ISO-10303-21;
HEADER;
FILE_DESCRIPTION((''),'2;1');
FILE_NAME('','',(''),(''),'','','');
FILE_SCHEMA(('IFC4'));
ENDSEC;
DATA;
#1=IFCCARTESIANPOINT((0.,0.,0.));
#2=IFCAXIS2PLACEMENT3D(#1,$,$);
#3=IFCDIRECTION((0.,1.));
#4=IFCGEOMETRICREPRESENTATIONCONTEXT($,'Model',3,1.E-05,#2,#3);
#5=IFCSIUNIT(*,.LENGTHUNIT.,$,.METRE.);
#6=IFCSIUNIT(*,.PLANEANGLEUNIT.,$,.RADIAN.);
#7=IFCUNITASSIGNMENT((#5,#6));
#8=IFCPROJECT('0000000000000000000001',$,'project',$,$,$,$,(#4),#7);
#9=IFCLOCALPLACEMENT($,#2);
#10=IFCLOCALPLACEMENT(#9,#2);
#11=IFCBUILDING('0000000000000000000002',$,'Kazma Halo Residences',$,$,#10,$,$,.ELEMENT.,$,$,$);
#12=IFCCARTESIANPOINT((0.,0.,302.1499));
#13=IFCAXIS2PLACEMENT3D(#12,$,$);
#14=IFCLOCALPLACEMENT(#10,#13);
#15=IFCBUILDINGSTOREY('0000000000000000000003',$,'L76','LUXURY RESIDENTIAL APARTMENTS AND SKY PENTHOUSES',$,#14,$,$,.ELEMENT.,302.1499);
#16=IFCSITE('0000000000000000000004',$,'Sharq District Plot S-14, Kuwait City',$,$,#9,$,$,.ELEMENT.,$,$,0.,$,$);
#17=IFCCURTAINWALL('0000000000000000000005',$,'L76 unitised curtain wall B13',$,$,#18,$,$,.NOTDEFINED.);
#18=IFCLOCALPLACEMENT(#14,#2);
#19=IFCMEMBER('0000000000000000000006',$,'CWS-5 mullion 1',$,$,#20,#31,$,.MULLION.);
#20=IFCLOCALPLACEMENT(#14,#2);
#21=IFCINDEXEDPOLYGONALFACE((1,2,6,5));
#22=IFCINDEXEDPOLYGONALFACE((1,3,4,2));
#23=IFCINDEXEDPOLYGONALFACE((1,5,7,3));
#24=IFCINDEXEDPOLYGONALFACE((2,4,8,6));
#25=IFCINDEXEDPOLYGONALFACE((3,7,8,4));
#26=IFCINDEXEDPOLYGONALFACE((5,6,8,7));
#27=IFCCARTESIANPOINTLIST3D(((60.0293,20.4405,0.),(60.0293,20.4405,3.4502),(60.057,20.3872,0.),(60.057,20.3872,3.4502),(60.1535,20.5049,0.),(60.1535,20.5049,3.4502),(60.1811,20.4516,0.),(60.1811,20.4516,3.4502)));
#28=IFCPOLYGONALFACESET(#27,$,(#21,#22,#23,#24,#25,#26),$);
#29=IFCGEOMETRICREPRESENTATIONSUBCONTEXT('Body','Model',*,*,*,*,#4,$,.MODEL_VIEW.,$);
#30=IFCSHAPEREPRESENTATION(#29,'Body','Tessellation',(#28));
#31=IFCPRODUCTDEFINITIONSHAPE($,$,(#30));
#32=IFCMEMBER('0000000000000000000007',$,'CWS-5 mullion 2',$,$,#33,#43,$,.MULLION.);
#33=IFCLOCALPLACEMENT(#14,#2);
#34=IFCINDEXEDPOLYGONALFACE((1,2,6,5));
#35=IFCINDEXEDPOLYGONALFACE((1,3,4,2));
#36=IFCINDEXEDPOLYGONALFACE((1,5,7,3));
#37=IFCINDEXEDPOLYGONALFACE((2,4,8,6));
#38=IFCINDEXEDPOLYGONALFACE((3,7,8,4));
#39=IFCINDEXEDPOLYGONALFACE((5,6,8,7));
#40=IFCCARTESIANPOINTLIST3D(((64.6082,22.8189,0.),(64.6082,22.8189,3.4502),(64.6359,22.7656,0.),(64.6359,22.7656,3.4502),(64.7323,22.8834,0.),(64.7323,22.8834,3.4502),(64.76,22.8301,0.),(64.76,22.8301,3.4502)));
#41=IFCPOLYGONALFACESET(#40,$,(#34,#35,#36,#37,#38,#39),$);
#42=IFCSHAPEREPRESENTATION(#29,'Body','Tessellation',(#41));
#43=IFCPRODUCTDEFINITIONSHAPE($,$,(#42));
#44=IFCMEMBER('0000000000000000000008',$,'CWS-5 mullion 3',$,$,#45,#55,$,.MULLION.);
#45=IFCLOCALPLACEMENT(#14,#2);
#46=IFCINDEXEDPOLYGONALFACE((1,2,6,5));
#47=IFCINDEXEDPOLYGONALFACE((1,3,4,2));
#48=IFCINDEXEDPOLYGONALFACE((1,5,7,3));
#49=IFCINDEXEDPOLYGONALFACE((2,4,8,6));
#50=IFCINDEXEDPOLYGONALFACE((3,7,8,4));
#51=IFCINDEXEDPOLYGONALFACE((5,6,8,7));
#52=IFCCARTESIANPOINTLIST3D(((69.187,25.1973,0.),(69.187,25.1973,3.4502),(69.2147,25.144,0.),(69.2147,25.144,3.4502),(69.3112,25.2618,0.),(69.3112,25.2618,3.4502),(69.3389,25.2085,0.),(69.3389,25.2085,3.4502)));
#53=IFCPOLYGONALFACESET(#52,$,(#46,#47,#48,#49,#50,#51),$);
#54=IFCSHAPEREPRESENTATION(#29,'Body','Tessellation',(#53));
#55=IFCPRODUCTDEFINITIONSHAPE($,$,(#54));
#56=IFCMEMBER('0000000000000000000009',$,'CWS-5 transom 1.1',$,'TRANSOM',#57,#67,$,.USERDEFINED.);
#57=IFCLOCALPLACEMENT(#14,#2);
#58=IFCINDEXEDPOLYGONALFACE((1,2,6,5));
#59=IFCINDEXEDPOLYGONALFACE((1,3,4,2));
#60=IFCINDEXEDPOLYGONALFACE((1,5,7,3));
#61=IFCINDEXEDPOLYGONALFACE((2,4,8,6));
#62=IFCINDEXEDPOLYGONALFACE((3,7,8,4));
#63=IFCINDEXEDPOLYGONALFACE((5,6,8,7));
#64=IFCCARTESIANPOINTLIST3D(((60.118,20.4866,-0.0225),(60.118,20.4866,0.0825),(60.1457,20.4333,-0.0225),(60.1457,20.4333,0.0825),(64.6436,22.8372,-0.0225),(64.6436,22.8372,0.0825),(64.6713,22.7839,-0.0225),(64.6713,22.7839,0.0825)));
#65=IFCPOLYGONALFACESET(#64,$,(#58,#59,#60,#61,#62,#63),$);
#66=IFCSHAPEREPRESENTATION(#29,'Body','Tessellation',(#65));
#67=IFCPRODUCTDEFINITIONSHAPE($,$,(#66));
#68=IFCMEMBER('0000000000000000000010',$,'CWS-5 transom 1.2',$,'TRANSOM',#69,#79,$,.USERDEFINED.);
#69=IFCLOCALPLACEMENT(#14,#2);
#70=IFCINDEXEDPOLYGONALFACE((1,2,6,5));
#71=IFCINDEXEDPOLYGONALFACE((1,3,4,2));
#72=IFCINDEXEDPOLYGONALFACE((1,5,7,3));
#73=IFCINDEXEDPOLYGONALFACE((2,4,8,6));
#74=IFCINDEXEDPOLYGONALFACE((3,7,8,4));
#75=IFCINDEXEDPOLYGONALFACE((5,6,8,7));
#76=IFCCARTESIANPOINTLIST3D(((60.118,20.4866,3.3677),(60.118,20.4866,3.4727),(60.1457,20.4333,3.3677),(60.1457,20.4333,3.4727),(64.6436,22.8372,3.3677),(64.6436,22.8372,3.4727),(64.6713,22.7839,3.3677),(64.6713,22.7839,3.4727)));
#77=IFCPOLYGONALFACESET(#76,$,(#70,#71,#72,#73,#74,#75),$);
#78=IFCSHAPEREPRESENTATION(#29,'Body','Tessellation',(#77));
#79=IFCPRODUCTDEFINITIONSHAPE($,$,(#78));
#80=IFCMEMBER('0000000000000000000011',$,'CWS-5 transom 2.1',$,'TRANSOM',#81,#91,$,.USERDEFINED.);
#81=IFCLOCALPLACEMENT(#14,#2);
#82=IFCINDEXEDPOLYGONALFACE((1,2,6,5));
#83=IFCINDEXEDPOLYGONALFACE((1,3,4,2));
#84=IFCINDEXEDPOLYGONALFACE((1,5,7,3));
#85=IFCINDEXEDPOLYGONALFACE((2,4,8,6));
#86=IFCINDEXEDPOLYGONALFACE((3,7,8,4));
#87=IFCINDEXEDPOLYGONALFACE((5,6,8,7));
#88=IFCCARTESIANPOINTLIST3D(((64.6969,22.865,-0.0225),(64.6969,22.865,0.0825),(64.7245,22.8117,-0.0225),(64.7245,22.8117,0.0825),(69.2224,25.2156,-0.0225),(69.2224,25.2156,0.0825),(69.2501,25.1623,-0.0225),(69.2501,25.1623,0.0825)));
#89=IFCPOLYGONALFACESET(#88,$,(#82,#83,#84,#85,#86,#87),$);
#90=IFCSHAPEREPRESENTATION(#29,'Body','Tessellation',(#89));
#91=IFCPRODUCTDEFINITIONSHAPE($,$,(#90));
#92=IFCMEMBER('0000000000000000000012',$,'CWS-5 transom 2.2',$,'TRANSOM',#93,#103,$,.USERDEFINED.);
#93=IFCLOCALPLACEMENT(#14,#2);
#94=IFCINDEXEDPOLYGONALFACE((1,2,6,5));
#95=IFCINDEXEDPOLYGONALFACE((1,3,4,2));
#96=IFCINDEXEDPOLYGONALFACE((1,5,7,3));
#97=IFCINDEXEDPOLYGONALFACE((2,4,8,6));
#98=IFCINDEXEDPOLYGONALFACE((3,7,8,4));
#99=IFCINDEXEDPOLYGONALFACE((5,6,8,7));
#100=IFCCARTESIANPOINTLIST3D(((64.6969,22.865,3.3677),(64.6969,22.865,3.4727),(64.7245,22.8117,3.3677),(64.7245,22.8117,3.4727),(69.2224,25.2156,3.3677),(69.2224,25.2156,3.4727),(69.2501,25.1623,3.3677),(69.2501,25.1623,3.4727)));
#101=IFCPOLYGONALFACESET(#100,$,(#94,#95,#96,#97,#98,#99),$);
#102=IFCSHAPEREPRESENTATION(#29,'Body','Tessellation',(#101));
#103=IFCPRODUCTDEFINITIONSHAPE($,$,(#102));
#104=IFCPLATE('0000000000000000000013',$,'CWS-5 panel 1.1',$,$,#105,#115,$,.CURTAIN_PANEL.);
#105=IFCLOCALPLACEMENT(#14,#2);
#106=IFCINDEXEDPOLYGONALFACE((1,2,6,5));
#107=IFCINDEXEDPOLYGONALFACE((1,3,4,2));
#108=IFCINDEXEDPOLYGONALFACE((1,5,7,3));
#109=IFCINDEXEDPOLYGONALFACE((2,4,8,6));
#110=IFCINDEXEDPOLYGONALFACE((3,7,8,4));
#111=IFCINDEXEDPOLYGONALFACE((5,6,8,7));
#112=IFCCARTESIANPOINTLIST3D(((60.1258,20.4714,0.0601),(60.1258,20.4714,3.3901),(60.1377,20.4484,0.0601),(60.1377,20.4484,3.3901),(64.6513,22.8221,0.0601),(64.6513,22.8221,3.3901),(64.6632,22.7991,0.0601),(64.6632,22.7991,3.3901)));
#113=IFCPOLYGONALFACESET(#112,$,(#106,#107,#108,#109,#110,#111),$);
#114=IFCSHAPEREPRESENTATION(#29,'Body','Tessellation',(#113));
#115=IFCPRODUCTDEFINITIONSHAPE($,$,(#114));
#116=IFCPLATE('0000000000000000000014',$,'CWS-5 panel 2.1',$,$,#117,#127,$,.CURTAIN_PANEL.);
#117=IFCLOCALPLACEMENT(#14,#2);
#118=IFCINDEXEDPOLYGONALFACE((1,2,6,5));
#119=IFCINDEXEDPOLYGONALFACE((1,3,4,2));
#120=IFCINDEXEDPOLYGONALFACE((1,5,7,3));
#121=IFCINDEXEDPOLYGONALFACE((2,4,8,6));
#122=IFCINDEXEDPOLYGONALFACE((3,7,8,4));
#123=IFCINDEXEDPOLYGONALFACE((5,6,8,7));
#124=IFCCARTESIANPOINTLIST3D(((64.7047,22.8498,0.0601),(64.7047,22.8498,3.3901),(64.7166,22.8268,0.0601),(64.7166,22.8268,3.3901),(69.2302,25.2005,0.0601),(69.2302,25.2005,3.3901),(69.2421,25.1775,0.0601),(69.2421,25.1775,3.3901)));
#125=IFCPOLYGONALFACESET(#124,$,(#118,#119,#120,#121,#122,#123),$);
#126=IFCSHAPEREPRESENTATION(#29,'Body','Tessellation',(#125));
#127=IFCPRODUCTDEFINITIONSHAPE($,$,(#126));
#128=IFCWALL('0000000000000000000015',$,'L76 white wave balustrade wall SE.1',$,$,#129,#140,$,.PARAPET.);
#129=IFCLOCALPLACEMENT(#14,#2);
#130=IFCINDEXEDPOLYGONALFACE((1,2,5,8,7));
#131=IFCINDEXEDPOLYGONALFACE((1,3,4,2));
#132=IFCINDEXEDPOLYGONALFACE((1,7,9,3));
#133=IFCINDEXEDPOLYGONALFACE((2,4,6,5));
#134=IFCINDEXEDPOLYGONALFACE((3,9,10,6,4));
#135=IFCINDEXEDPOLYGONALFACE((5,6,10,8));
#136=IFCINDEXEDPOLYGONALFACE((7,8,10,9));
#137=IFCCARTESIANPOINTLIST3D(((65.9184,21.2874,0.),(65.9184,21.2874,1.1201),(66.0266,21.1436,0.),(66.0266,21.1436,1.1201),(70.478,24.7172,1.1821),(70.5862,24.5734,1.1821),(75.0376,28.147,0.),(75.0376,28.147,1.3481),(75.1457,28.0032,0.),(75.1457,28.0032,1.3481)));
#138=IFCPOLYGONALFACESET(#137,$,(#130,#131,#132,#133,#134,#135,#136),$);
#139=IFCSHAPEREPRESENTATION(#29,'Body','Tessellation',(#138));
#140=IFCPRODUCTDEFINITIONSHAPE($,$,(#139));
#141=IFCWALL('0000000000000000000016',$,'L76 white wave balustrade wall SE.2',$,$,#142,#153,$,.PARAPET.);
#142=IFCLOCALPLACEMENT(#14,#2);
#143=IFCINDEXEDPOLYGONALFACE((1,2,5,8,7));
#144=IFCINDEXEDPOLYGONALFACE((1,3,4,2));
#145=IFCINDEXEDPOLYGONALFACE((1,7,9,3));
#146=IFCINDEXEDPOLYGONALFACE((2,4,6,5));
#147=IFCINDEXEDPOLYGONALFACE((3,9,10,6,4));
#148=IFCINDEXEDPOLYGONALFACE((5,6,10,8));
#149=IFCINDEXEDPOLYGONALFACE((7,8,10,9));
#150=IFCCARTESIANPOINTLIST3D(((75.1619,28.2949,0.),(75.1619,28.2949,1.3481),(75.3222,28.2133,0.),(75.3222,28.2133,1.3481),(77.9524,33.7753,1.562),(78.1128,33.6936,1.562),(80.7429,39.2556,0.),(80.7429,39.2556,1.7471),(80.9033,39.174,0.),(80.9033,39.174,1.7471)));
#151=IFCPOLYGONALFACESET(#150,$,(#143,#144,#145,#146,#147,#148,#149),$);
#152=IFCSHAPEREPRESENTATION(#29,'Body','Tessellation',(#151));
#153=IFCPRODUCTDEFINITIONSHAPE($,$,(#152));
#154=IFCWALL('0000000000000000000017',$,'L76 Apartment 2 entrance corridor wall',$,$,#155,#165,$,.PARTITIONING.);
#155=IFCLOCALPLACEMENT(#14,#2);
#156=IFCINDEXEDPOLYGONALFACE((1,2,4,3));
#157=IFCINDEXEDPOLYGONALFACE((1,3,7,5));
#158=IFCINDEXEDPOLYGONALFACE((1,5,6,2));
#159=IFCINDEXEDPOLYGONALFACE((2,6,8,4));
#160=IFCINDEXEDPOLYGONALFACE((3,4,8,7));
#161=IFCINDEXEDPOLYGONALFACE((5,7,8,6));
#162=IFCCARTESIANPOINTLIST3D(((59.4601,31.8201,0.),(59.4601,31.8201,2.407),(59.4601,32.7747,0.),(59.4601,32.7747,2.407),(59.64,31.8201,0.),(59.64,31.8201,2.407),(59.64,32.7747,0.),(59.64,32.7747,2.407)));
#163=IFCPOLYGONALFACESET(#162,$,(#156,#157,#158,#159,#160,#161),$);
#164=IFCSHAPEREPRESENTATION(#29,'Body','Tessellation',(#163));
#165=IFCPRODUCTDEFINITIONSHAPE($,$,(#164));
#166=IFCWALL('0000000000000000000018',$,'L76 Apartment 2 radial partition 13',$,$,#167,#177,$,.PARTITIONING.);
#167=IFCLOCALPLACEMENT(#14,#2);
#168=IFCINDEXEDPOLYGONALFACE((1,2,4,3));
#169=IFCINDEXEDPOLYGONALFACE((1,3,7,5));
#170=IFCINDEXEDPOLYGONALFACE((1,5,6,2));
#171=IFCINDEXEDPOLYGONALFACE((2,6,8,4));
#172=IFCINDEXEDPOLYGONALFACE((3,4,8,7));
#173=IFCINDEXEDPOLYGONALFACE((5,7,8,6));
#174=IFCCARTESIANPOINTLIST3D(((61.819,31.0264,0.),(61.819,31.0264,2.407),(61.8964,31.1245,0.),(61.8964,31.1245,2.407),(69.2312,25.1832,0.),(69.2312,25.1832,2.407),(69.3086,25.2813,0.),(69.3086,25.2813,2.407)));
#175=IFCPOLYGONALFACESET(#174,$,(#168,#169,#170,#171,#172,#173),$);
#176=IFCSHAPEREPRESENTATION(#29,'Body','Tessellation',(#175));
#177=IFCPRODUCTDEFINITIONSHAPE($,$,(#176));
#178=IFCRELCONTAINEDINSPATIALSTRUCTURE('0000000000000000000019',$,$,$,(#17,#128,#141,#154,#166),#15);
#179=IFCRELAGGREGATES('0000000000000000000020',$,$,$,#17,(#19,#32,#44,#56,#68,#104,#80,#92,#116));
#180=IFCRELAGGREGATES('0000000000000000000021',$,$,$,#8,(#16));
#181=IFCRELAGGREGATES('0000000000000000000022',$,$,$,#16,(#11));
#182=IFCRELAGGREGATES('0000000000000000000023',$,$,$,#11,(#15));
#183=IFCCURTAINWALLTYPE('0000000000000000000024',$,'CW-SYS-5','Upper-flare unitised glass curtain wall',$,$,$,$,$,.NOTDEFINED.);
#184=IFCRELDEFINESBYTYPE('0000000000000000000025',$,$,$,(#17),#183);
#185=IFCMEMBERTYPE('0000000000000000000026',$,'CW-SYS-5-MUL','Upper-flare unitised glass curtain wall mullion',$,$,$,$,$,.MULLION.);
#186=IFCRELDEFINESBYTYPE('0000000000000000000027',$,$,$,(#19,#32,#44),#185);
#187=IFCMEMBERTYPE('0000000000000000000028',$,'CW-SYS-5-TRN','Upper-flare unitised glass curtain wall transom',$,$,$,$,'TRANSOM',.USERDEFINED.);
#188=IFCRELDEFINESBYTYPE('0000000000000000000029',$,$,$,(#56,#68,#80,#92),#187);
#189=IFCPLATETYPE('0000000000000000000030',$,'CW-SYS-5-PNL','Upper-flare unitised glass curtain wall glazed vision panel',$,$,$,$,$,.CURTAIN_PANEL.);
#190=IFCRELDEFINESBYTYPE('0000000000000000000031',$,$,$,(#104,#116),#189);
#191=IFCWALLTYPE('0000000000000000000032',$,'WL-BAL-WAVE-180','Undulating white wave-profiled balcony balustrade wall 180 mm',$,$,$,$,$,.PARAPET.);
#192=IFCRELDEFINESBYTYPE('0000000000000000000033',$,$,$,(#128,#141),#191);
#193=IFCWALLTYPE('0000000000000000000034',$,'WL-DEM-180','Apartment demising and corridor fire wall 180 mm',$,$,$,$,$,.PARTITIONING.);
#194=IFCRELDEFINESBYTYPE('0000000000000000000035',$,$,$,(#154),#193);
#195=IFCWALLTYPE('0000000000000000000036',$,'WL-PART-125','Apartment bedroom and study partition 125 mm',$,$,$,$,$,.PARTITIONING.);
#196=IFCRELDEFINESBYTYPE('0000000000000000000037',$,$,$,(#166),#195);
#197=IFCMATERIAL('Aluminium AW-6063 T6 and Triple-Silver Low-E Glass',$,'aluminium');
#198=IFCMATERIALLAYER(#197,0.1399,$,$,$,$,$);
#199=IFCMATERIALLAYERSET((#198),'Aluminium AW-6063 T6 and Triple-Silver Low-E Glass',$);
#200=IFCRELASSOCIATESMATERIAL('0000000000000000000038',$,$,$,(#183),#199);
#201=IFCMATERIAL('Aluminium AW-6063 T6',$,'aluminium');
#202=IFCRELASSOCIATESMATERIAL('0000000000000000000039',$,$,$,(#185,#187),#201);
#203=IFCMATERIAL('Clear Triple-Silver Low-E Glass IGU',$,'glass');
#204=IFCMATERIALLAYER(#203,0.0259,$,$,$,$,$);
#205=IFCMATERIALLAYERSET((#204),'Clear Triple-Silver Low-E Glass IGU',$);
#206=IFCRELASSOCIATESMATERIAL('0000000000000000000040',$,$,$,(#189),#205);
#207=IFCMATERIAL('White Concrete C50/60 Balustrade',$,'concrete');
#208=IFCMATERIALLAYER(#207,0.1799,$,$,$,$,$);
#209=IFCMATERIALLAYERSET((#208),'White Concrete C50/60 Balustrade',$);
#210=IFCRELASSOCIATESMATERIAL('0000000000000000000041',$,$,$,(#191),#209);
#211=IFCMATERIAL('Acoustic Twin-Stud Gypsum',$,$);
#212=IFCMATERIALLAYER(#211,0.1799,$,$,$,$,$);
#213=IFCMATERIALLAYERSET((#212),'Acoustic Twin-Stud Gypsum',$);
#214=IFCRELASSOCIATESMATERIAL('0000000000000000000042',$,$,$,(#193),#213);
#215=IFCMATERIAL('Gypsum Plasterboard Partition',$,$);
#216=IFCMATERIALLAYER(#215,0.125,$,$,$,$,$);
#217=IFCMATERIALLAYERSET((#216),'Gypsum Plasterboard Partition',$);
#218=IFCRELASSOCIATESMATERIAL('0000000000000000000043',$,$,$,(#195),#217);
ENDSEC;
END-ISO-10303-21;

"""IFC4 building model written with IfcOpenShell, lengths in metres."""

from ifc_helpers import new_model, si_unit, direction, frame, frame_2d, origin, origin_2d, place, context, subcontext, project, spatial, polyline, rectangle, outline, extrude, material, layer, layer_set, material_profile, profile_set, type_object, element, aggregate, save


model = new_model("IFC4")

# Units and contexts
model_context = context("Model", 3, precision=1e-05, world=origin(), true_north=direction((0.0, 1.0)))
body_context = subcontext(model_context, "Body", "Model", "MODEL_VIEW")
ifc_project = project(units=[si_unit("LENGTHUNIT", "METRE"), si_unit("PLANEANGLEUNIT", "RADIAN")], contexts=[model_context])

# Site, building, storey
site_placement = place(None, origin())
site = spatial("IfcSite", under=ifc_project, at=site_placement, Name="Sharq District Plot S-14, Kuwait City", CompositionType="ELEMENT", RefElevation=0.0)
building_placement = place(site_placement, origin())
building = spatial("IfcBuilding", under=site, at=building_placement, Name="Kazma Halo Residences", CompositionType="ELEMENT")
storey_placement = place(building_placement, frame((0.0, 0.0, 302.1499)))
storey = spatial("IfcBuildingStorey", under=building, at=storey_placement, Name="L76", Description="LUXURY RESIDENTIAL APARTMENTS AND SKY PENTHOUSES", CompositionType="ELEMENT", Elevation=302.1499)

# Curtain wall, members, plates
ifc_material_1 = material(Name="Aluminium AW-6063 T6 and Triple-Silver Low-E Glass", Category="aluminium")
ifc_layer_1 = layer(ifc_material_1, 0.1399)
ifc_layer_set_1 = layer_set([ifc_layer_1], Name="Aluminium AW-6063 T6 and Triple-Silver Low-E Glass")
curtain_wall_type = type_object("IfcCurtainWallType", Name="CW-SYS-5", Description="Upper-flare unitised glass curtain wall", PredefinedType="NOTDEFINED", material=ifc_layer_set_1)
curtain_wall_placement = place(storey_placement, origin())
curtain_wall = element("IfcCurtainWall", 1, at=curtain_wall_placement, inside=storey, type_object=curtain_wall_type, Name="L76 unitised curtain wall B13", PredefinedType="NOTDEFINED")
ifc_material_2 = material(Name="Aluminium AW-6063 T6", Category="aluminium")
ifc_material_profile_1 = material_profile(ifc_material_2, rectangle(XDim=0.0601, YDim=0.1399, at=origin_2d()), Name="CWM-60x140")
ifc_profile_set_1 = profile_set([ifc_material_profile_1], Name="Aluminium AW-6063 T6")
member_type_1 = type_object("IfcMemberType", Name="CW-SYS-5-MUL", Description="Upper-flare unitised glass curtain wall mullion", PredefinedType="MULLION", material=ifc_profile_set_1)
member_1_placement = place(storey_placement, frame((60.1052, 20.446, 0.0), z_axis=(0.0, 0.0, 1.0), x_axis=(-0.460961, 0.887421, 0.0)))
member_1 = element("IfcMember", 2, at=member_1_placement, type_object=member_type_1, Name="CWS-5 mullion 1", PredefinedType="MULLION", context=body_context, shape_type="SweptSolid", body=[
    extrude(rectangle(XDim=0.0601, YDim=0.1399, at=origin_2d()), origin(), (0.0, 0.0, 1.0), 3.4502),
])
member_2_placement = place(storey_placement, frame((64.6841, 22.8245, 0.0), z_axis=(0.0, 0.0, 1.0), x_axis=(-0.460961, 0.887421, 0.0)))
member_2 = element("IfcMember", 3, at=member_2_placement, type_object=member_type_1, Name="CWS-5 mullion 2", PredefinedType="MULLION", context=body_context, shape_type="SweptSolid", body=[
    extrude(rectangle(XDim=0.0601, YDim=0.1399, at=origin_2d()), origin(), (0.0, 0.0, 1.0), 3.4502),
])
member_3_placement = place(storey_placement, frame((69.2629, 25.2029, 0.0), z_axis=(0.0, 0.0, 1.0), x_axis=(-0.460961, 0.887421, 0.0)))
member_3 = element("IfcMember", 4, at=member_3_placement, type_object=member_type_1, Name="CWS-5 mullion 3", PredefinedType="MULLION", context=body_context, shape_type="SweptSolid", body=[
    extrude(rectangle(XDim=0.0601, YDim=0.1399, at=origin_2d()), origin(), (0.0, 0.0, 1.0), 3.4502),
])
ifc_material_profile_2 = material_profile(ifc_material_2, rectangle(XDim=0.0601, YDim=0.105, at=origin_2d()), Name="CWT-60x105")
ifc_profile_set_2 = profile_set([ifc_material_profile_2], Name="Aluminium AW-6063 T6")
member_type_2 = type_object("IfcMemberType", Name="CW-SYS-5-TRN", Description="Upper-flare unitised glass curtain wall transom", ElementType="TRANSOM", PredefinedType="USERDEFINED", material=ifc_profile_set_2)
member_4_placement = place(storey_placement, frame((60.1318, 20.46, 0.03), z_axis=(0.887437, 0.460929, 0.0), x_axis=(-0.460929, 0.887437, 0.0)))
member_4 = element("IfcMember", 5, at=member_4_placement, type_object=member_type_2, Name="CWS-5 transom 1.1", ObjectType="TRANSOM", PredefinedType="USERDEFINED", context=body_context, shape_type="SweptSolid", body=[
    extrude(rectangle(XDim=0.0601, YDim=0.105, at=origin_2d()), origin(), (0.0, 0.0, 1.0), 5.0996),
])
member_5_placement = place(storey_placement, frame((60.1318, 20.46, 3.4202), z_axis=(0.887437, 0.460929, 0.0), x_axis=(-0.460929, 0.887437, 0.0)))
member_5 = element("IfcMember", 6, at=member_5_placement, type_object=member_type_2, Name="CWS-5 transom 1.2", ObjectType="TRANSOM", PredefinedType="USERDEFINED", context=body_context, shape_type="SweptSolid", body=[
    extrude(rectangle(XDim=0.0601, YDim=0.105, at=origin_2d()), origin(), (0.0, 0.0, 1.0), 5.0996),
])
member_6_placement = place(storey_placement, frame((64.7107, 22.8384, 0.03), z_axis=(0.887437, 0.460929, 0.0), x_axis=(-0.460929, 0.887437, 0.0)))
member_6 = element("IfcMember", 7, at=member_6_placement, type_object=member_type_2, Name="CWS-5 transom 2.1", ObjectType="TRANSOM", PredefinedType="USERDEFINED", context=body_context, shape_type="SweptSolid", body=[
    extrude(rectangle(XDim=0.0601, YDim=0.105, at=origin_2d()), origin(), (0.0, 0.0, 1.0), 5.0996),
])
member_7_placement = place(storey_placement, frame((64.7107, 22.8384, 3.4202), z_axis=(0.887437, 0.460929, 0.0), x_axis=(-0.460929, 0.887437, 0.0)))
member_7 = element("IfcMember", 8, at=member_7_placement, type_object=member_type_2, Name="CWS-5 transom 2.2", ObjectType="TRANSOM", PredefinedType="USERDEFINED", context=body_context, shape_type="SweptSolid", body=[
    extrude(rectangle(XDim=0.0601, YDim=0.105, at=origin_2d()), origin(), (0.0, 0.0, 1.0), 5.0996),
])
ifc_material_3 = material(Name="Clear Triple-Silver Low-E Glass IGU", Category="glass")
ifc_layer_2 = layer(ifc_material_3, 0.0259)
ifc_layer_set_2 = layer_set([ifc_layer_2], Name="Clear Triple-Silver Low-E Glass IGU")
plate_type = type_object("IfcPlateType", Name="CW-SYS-5-PNL", Description="Upper-flare unitised glass curtain wall glazed vision panel", PredefinedType="CURTAIN_PANEL", material=ifc_layer_set_2)
plate_1_placement = place(storey_placement, frame((62.3945, 21.6353, 0.0601), z_axis=(0.0, 0.0, 1.0), x_axis=(0.887421, 0.460961, 0.0)))
plate_1 = element("IfcPlate", 9, at=plate_1_placement, type_object=plate_type, Name="CWS-5 panel 1.1", PredefinedType="CURTAIN_PANEL", context=body_context, shape_type="SweptSolid", body=[
    extrude(rectangle(XDim=5.0996, YDim=0.0259, at=origin_2d()), origin(), (0.0, 0.0, 1.0), 3.3301),
])
plate_2_placement = place(storey_placement, frame((66.9734, 24.0137, 0.0601), z_axis=(0.0, 0.0, 1.0), x_axis=(0.887421, 0.460961, 0.0)))
plate_2 = element("IfcPlate", 10, at=plate_2_placement, type_object=plate_type, Name="CWS-5 panel 2.1", PredefinedType="CURTAIN_PANEL", context=body_context, shape_type="SweptSolid", body=[
    extrude(rectangle(XDim=5.0996, YDim=0.0259, at=origin_2d()), origin(), (0.0, 0.0, 1.0), 3.3301),
])
aggregate(curtain_wall, [member_1, member_2, member_3, member_4, member_5, plate_1, member_6, member_7, plate_2])

# Walls
ifc_material_4 = material(Name="White Concrete C50/60 Balustrade", Category="concrete")
ifc_layer_3 = layer(ifc_material_4, 0.1799)
ifc_layer_set_3 = layer_set([ifc_layer_3], Name="White Concrete C50/60 Balustrade")
wall_type_1 = type_object("IfcWallType", Name="WL-BAL-WAVE-180", Description="Undulating white wave-profiled balcony balustrade wall 180 mm", PredefinedType="PARAPET", material=ifc_layer_set_3)
wall_1_placement = place(storey_placement, frame((65.9724, 21.2156, 0.0), z_axis=(0.0, 0.0, 1.0), x_axis=(0.799147, 0.601136, 0.0)))
element("IfcWall", 11, at=wall_1_placement, inside=storey, type_object=wall_type_1, Name="L76 white wave balustrade wall SE.1", PredefinedType="PARAPET", context=body_context, shape_type="SweptSolid", body=[
    extrude(outline(polyline([(0.0, 0.0), (11.4111, 0.0), (11.4111, 1.3481), (5.7056, 1.1821), (0.0, 1.1201), (0.0, 0.0)])), frame((0.0, 0.0898, 0.0), z_axis=(0.0, -1.0, 0.0), x_axis=(1.0, 0.0, 0.0)), (0.0, 0.0, 1.0), 0.1799),
])
wall_2_placement = place(storey_placement, frame((75.2419, 28.2542, 0.0), z_axis=(0.0, 0.0, 1.0), x_axis=(0.453752, 0.891128, 0.0)))
element("IfcWall", 12, at=wall_2_placement, inside=storey, type_object=wall_type_1, Name="L76 white wave balustrade wall SE.2", PredefinedType="PARAPET", context=body_context, shape_type="SweptSolid", body=[
    extrude(outline(polyline([(0.0, 0.0), (12.2998, 0.0), (12.2998, 1.7471), (6.1499, 1.562), (0.0, 1.3481), (0.0, 0.0)])), frame((0.0, 0.0898, 0.0), z_axis=(0.0, -1.0, 0.0), x_axis=(1.0, 0.0, 0.0)), (0.0, 0.0, 1.0), 0.1799),
])
ifc_material_5 = material(Name="Acoustic Twin-Stud Gypsum")
ifc_layer_4 = layer(ifc_material_5, 0.1799)
ifc_layer_set_4 = layer_set([ifc_layer_4], Name="Acoustic Twin-Stud Gypsum")
wall_type_2 = type_object("IfcWallType", Name="WL-DEM-180", Description="Apartment demising and corridor fire wall 180 mm", PredefinedType="PARTITIONING", material=ifc_layer_set_4)
wall_3_placement = place(storey_placement, frame((59.55, 31.8201, 0.0), z_axis=(0.0, 0.0, 1.0), x_axis=(0.0, 1.0, 0.0)))
element("IfcWall", 13, at=wall_3_placement, inside=storey, type_object=wall_type_2, Name="L76 Apartment 2 entrance corridor wall", PredefinedType="PARTITIONING", context=body_context, shape_type="SweptSolid", body=[
    extrude(rectangle(XDim=0.9546, YDim=0.1799, at=frame_2d((0.4773, 0.0))), origin(), (0.0, 0.0, 1.0), 2.407),
])

# Wall
ifc_material_6 = material(Name="Gypsum Plasterboard Partition")
ifc_layer_5 = layer(ifc_material_6, 0.125)
ifc_layer_set_5 = layer_set([ifc_layer_5], Name="Gypsum Plasterboard Partition")
wall_type_3 = type_object("IfcWallType", Name="WL-PART-125", Description="Apartment bedroom and study partition 125 mm", PredefinedType="PARTITIONING", material=ifc_layer_set_5)
wall_4_placement = place(storey_placement, frame((61.8577, 31.0754, 0.0), z_axis=(0.0, 0.0, 1.0), x_axis=(0.785326, -0.619083, 0.0)))
element("IfcWall", 14, at=wall_4_placement, inside=storey, type_object=wall_type_3, Name="L76 Apartment 2 radial partition 13", PredefinedType="PARTITIONING", context=body_context, shape_type="SweptSolid", body=[
    extrude(rectangle(XDim=9.4385, YDim=0.125, at=frame_2d((4.7192, 0.0))), origin(), (0.0, 0.0, 1.0), 2.407),
])

save(model, "model.ifc")
